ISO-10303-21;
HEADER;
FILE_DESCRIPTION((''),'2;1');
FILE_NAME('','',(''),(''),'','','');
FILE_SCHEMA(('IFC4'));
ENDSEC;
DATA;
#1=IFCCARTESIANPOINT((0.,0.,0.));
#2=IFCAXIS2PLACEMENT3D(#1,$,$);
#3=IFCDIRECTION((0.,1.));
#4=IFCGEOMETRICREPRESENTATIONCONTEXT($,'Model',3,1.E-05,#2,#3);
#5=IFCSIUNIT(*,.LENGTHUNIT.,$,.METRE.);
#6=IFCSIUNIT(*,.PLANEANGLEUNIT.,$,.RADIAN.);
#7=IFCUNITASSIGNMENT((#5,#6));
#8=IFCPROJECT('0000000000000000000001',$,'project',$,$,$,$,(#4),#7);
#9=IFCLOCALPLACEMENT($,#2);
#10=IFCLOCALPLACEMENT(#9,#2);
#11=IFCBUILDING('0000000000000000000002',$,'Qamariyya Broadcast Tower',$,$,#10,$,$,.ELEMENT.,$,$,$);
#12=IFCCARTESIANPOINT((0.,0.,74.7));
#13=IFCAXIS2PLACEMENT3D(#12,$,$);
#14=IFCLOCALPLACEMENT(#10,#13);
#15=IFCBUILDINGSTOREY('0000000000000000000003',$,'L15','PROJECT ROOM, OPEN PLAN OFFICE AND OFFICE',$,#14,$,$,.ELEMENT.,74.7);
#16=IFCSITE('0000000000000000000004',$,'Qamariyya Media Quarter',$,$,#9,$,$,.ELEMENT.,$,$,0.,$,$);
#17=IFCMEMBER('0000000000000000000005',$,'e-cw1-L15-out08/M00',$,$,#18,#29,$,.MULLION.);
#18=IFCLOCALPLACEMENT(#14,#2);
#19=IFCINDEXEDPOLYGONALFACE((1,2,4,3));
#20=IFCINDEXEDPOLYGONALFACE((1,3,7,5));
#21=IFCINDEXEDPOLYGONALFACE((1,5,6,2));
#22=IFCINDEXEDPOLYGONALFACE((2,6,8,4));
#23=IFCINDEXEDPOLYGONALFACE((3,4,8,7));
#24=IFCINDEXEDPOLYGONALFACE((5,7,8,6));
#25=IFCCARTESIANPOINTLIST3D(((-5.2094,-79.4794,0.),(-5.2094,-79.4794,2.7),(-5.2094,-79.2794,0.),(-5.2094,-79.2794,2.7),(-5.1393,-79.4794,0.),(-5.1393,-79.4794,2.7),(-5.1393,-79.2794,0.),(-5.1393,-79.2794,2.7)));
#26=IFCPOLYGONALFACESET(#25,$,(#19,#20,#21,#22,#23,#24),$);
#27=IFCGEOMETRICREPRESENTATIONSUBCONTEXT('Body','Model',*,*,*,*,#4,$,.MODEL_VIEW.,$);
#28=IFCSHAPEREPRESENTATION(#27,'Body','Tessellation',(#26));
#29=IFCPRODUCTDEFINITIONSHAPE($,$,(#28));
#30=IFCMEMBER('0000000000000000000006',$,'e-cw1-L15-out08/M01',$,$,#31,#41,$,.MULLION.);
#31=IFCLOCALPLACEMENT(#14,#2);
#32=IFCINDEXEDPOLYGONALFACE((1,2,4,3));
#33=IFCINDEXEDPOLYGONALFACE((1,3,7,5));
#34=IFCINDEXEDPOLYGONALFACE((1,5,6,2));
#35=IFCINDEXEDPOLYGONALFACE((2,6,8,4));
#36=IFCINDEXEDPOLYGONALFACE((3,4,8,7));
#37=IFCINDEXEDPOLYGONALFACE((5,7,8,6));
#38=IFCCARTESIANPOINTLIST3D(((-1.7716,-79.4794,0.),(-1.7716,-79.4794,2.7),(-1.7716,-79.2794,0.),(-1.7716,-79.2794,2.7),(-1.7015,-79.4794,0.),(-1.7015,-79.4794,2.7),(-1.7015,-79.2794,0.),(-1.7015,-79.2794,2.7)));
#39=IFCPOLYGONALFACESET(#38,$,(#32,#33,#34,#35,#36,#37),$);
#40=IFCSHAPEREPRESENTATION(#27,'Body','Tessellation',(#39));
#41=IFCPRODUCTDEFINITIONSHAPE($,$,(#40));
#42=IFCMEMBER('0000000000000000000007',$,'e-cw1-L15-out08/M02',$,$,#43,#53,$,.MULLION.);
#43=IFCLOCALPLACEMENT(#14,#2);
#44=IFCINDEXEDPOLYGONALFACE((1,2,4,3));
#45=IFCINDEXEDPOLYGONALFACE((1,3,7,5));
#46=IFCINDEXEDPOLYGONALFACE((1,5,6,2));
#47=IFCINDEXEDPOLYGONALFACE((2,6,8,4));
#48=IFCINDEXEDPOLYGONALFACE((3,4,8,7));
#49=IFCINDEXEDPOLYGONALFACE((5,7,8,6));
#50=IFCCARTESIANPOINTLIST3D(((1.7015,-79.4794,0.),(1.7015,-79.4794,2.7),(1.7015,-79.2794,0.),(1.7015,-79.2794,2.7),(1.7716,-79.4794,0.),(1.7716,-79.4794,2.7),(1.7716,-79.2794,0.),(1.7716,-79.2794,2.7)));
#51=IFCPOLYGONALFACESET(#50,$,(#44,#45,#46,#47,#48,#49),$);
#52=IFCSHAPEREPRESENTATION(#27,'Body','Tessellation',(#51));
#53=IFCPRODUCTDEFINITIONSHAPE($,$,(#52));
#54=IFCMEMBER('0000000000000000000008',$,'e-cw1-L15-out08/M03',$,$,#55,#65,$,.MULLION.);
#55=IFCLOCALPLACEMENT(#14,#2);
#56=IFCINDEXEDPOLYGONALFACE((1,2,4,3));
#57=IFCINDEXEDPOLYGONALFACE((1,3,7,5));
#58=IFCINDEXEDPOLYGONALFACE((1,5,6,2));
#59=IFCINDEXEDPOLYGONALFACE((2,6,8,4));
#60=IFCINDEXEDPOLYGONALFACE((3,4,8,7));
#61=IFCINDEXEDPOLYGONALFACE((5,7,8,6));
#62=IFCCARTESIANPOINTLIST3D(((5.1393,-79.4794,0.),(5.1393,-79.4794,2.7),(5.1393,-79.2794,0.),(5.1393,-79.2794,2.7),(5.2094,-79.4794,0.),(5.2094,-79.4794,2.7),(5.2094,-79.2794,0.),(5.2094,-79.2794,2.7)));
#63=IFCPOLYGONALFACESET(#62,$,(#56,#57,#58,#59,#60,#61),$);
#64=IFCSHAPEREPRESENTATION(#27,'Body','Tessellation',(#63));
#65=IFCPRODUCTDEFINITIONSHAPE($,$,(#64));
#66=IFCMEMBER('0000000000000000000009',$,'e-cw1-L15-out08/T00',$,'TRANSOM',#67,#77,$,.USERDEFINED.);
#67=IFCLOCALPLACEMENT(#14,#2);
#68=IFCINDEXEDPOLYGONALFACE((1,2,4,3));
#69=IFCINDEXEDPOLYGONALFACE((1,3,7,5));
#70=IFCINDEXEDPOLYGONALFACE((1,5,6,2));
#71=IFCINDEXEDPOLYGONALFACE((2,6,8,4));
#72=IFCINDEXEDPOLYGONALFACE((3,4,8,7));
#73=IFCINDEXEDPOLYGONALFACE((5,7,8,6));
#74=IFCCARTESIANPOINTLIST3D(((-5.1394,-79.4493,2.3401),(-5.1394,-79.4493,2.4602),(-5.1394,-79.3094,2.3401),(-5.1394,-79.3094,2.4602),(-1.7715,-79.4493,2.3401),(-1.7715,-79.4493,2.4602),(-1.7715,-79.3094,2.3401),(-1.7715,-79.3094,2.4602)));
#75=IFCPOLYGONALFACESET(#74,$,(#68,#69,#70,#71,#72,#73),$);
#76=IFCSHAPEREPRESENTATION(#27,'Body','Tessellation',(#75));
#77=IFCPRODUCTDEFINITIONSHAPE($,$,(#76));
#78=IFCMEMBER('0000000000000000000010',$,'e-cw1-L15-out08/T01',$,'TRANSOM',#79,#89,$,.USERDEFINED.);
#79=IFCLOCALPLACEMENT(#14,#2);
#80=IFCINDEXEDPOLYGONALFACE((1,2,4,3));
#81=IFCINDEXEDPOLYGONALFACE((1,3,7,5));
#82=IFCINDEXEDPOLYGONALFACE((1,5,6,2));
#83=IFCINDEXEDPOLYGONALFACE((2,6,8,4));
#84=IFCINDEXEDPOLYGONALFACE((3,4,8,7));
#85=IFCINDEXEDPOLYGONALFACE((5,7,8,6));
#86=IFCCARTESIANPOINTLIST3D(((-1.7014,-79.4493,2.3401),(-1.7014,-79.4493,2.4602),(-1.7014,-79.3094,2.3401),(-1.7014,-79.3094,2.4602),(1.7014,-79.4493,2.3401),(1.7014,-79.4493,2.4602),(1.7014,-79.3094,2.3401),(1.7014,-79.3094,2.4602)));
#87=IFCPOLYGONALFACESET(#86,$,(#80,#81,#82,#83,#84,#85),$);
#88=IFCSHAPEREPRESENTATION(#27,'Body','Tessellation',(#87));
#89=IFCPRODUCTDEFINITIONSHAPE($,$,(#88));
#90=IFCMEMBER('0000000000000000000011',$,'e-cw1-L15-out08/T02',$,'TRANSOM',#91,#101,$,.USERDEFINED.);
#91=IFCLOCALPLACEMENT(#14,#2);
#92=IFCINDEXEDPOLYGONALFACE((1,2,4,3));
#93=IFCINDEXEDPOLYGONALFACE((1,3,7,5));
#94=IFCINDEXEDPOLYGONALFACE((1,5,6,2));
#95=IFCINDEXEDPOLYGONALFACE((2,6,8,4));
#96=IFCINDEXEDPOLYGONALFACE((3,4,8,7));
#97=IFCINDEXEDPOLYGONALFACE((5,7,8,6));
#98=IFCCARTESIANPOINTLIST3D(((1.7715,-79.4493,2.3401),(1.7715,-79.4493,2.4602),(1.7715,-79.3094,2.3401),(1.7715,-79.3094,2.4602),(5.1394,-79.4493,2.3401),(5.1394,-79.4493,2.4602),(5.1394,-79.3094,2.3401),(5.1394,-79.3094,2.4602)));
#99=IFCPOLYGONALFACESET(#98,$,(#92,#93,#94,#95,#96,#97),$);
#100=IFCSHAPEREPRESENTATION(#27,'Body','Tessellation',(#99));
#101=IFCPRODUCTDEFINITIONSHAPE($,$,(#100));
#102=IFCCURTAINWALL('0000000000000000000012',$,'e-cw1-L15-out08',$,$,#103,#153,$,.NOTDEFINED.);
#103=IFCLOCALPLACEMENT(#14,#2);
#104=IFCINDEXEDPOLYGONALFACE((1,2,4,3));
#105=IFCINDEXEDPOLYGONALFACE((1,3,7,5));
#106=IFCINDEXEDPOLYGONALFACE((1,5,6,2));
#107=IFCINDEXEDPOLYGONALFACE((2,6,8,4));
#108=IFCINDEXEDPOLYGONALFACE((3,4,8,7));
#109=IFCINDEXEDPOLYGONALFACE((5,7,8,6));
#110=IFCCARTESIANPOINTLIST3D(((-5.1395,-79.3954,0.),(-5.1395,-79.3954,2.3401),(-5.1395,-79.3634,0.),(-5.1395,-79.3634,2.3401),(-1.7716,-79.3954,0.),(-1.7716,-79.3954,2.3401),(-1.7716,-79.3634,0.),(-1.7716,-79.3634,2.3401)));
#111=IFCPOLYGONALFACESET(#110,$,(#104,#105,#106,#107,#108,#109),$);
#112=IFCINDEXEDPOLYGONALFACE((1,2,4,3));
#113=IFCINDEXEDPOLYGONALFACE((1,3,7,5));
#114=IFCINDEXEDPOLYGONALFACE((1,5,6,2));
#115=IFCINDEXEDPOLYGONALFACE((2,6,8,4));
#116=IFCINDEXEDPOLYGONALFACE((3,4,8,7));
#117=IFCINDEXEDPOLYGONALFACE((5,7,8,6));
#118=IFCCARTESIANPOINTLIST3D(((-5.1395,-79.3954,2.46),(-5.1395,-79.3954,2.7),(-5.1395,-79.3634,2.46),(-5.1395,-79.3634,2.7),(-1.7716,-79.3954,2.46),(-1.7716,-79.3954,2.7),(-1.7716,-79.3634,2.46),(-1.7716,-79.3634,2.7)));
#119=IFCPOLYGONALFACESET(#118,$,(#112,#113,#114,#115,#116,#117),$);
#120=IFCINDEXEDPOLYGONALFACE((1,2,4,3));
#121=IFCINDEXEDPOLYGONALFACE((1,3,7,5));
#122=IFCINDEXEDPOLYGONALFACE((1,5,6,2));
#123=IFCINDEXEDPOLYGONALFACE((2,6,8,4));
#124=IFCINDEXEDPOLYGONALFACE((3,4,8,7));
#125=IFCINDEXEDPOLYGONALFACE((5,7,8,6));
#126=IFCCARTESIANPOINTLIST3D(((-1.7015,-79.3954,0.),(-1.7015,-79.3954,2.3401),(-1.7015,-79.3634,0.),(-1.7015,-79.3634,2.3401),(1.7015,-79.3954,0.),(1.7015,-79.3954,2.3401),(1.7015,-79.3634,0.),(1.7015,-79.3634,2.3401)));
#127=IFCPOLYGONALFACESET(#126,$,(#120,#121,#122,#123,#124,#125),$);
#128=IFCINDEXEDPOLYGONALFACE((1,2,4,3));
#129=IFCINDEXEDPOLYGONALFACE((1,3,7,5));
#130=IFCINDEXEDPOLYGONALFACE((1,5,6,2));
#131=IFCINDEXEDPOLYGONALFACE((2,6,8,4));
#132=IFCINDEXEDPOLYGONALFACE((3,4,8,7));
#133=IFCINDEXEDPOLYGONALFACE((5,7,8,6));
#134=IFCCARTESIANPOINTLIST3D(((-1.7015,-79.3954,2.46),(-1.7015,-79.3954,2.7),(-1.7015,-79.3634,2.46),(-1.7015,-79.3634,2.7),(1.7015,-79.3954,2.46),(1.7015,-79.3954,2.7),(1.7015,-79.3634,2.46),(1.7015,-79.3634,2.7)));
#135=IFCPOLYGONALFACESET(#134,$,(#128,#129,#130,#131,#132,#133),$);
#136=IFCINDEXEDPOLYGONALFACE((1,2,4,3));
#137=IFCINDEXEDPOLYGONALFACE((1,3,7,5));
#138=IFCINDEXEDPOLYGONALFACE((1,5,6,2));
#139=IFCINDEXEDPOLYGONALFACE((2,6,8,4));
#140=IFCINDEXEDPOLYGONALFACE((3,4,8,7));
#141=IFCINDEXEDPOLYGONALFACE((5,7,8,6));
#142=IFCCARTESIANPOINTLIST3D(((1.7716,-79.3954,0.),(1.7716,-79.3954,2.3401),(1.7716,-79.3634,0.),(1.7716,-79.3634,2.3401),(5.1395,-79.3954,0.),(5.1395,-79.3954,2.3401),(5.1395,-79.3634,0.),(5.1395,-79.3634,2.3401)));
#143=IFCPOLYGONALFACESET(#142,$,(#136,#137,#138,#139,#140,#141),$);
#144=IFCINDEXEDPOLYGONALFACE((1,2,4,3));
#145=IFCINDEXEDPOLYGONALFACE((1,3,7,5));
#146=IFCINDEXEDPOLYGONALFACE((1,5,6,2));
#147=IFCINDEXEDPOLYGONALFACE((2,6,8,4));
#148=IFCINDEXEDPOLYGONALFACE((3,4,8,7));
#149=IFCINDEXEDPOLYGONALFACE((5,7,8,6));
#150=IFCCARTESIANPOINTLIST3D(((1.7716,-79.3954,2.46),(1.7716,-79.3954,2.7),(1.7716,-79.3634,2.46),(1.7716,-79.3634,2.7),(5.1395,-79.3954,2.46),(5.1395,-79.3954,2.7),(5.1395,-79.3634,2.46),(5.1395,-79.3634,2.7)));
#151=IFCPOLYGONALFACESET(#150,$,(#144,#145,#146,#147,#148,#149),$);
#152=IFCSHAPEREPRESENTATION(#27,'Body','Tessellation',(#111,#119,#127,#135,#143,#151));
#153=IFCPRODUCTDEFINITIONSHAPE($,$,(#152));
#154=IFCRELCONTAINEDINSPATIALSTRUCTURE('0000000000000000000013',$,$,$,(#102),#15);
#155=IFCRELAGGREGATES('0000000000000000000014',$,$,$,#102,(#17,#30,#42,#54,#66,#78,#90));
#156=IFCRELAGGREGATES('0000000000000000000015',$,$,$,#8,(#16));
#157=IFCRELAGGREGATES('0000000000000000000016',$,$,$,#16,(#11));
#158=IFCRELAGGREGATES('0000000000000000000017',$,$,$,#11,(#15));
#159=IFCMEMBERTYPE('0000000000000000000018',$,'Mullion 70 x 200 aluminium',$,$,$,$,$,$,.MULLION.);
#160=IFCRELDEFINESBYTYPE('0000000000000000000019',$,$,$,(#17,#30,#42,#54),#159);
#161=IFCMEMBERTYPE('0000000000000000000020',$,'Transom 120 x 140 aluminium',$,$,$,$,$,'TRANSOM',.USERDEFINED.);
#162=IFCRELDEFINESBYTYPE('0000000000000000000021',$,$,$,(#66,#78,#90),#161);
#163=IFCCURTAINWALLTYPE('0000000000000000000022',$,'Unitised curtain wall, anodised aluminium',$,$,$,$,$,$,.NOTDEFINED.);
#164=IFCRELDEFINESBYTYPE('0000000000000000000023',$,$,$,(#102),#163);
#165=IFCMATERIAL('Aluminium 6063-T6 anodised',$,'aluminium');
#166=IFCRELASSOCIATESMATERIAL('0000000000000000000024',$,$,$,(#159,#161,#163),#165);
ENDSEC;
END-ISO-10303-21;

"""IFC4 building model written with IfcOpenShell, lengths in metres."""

from ifc_helpers import new_model, si_unit, direction, frame, origin, origin_2d, place, context, subcontext, project, spatial, rectangle, extrude, material, material_profile, profile_set, type_object, element, aggregate, save


model = new_model("IFC4")

# Units and contexts
model_context = context("Model", 3, precision=1e-05, world=origin(), true_north=direction((0.0, 1.0)))
body_context = subcontext(model_context, "Body", "Model", "MODEL_VIEW")
ifc_project = project(units=[si_unit("LENGTHUNIT", "METRE"), si_unit("PLANEANGLEUNIT", "RADIAN")], contexts=[model_context])

# Members
ifc_material = material(Name="Aluminium 6063-T6 anodised", Category="aluminium")
ifc_material_profile_1 = material_profile(ifc_material, rectangle(XDim=0.2, YDim=0.0701, at=origin_2d()))
ifc_profile_set_1 = profile_set([ifc_material_profile_1], Name="Aluminium 6063-T6 anodised")
member_type_1 = type_object("IfcMemberType", Name="Mullion 70 x 200 aluminium", PredefinedType="MULLION", material=ifc_profile_set_1)
site_placement = place(None, origin())
building_placement = place(site_placement, origin())
storey_placement = place(building_placement, frame((0.0, 0.0, 74.7)))
member_1_placement = place(storey_placement, frame((-5.1743, -79.3794, 0.0), z_axis=(0.0, 0.0, 1.0), x_axis=(0.0, 1.0, 0.0)))
member_1 = element("IfcMember", 1, at=member_1_placement, type_object=member_type_1, Name="e-cw1-L15-out08/M00", PredefinedType="MULLION", context=body_context, shape_type="SweptSolid", body=[
    extrude(rectangle(XDim=0.2, YDim=0.0701, at=origin_2d()), origin(), (0.0, 0.0, 1.0), 2.7),
])
member_2_placement = place(storey_placement, frame((-1.7366, -79.3794, 0.0), z_axis=(0.0, 0.0, 1.0), x_axis=(0.0, 1.0, 0.0)))
member_2 = element("IfcMember", 2, at=member_2_placement, type_object=member_type_1, Name="e-cw1-L15-out08/M01", PredefinedType="MULLION", context=body_context, shape_type="SweptSolid", body=[
    extrude(rectangle(XDim=0.2, YDim=0.0701, at=origin_2d()), origin(), (0.0, 0.0, 1.0), 2.7),
])
member_3_placement = place(storey_placement, frame((1.7366, -79.3794, 0.0), z_axis=(0.0, 0.0, 1.0), x_axis=(0.0, 1.0, 0.0)))
member_3 = element("IfcMember", 3, at=member_3_placement, type_object=member_type_1, Name="e-cw1-L15-out08/M02", PredefinedType="MULLION", context=body_context, shape_type="SweptSolid", body=[
    extrude(rectangle(XDim=0.2, YDim=0.0701, at=origin_2d()), origin(), (0.0, 0.0, 1.0), 2.7),
])
member_4_placement = place(storey_placement, frame((5.1743, -79.3794, 0.0), z_axis=(0.0, 0.0, 1.0), x_axis=(0.0, 1.0, 0.0)))
member_4 = element("IfcMember", 4, at=member_4_placement, type_object=member_type_1, Name="e-cw1-L15-out08/M03", PredefinedType="MULLION", context=body_context, shape_type="SweptSolid", body=[
    extrude(rectangle(XDim=0.2, YDim=0.0701, at=origin_2d()), origin(), (0.0, 0.0, 1.0), 2.7),
])
ifc_material_profile_2 = material_profile(ifc_material, rectangle(XDim=0.1399, YDim=0.1201, at=origin_2d()))
ifc_profile_set_2 = profile_set([ifc_material_profile_2], Name="Aluminium 6063-T6 anodised")
member_type_2 = type_object("IfcMemberType", Name="Transom 120 x 140 aluminium", ElementType="TRANSOM", PredefinedType="USERDEFINED", material=ifc_profile_set_2)
member_5_placement = place(storey_placement, frame((-5.1394, -79.3794, 2.4001), z_axis=(1.0, 0.0, 0.0), x_axis=(0.0, 1.0, 0.0)))
member_5 = element("IfcMember", 5, at=member_5_placement, type_object=member_type_2, Name="e-cw1-L15-out08/T00", ObjectType="TRANSOM", PredefinedType="USERDEFINED", context=body_context, shape_type="SweptSolid", body=[
    extrude(rectangle(XDim=0.1399, YDim=0.1201, at=origin_2d()), origin(), (0.0, 0.0, 1.0), 3.3679),
])
member_6_placement = place(storey_placement, frame((-1.7014, -79.3794, 2.4001), z_axis=(1.0, 0.0, 0.0), x_axis=(0.0, 1.0, 0.0)))
member_6 = element("IfcMember", 6, at=member_6_placement, type_object=member_type_2, Name="e-cw1-L15-out08/T01", ObjectType="TRANSOM", PredefinedType="USERDEFINED", context=body_context, shape_type="SweptSolid", body=[
    extrude(rectangle(XDim=0.1399, YDim=0.1201, at=origin_2d()), origin(), (0.0, 0.0, 1.0), 3.4028),
])
member_7_placement = place(storey_placement, frame((1.7715, -79.3794, 2.4001), z_axis=(1.0, 0.0, 0.0), x_axis=(0.0, 1.0, 0.0)))
member_7 = element("IfcMember", 7, at=member_7_placement, type_object=member_type_2, Name="e-cw1-L15-out08/T02", ObjectType="TRANSOM", PredefinedType="USERDEFINED", context=body_context, shape_type="SweptSolid", body=[
    extrude(rectangle(XDim=0.1399, YDim=0.1201, at=origin_2d()), origin(), (0.0, 0.0, 1.0), 3.3679),
])

# Site, building, storey
site = spatial("IfcSite", under=ifc_project, at=site_placement, Name="Qamariyya Media Quarter", CompositionType="ELEMENT", RefElevation=0.0)
building = spatial("IfcBuilding", under=site, at=building_placement, Name="Qamariyya Broadcast Tower", CompositionType="ELEMENT")
storey = spatial("IfcBuildingStorey", under=building, at=storey_placement, Name="L15", Description="PROJECT ROOM, OPEN PLAN OFFICE AND OFFICE", CompositionType="ELEMENT", Elevation=74.7)

# Curtain wall
curtain_wall_type = type_object("IfcCurtainWallType", Name="Unitised curtain wall, anodised aluminium", PredefinedType="NOTDEFINED", material=ifc_material)
curtain_wall_1_placement = place(storey_placement, origin())
curtain_wall_1 = element("IfcCurtainWall", 8, at=curtain_wall_1_placement, inside=storey, type_object=curtain_wall_type, Name="e-cw1-L15-out08", PredefinedType="NOTDEFINED", context=body_context, shape_type="SweptSolid", body=[
    extrude(rectangle(XDim=3.3679, YDim=0.032, at=origin_2d()), frame((-3.4556, -79.3794, 0.0), x_axis=(1.0, 0.0, 0.0)), (0.0, 0.0, 1.0), 2.3401),
    extrude(rectangle(XDim=3.3679, YDim=0.032, at=origin_2d()), frame((-3.4556, -79.3794, 2.46), x_axis=(1.0, 0.0, 0.0)), (0.0, 0.0, 1.0), 0.24),
    extrude(rectangle(XDim=3.4031, YDim=0.032, at=origin_2d()), frame((0.0, -79.3794, 0.0), x_axis=(1.0, 0.0, 0.0)), (0.0, 0.0, 1.0), 2.3401),
    extrude(rectangle(XDim=3.4031, YDim=0.032, at=origin_2d()), frame((0.0, -79.3794, 2.46), x_axis=(1.0, 0.0, 0.0)), (0.0, 0.0, 1.0), 0.24),
    extrude(rectangle(XDim=3.3679, YDim=0.032, at=origin_2d()), frame((3.4556, -79.3794, 0.0), x_axis=(1.0, 0.0, 0.0)), (0.0, 0.0, 1.0), 2.3401),
    extrude(rectangle(XDim=3.3679, YDim=0.032, at=origin_2d()), frame((3.4556, -79.3794, 2.46), x_axis=(1.0, 0.0, 0.0)), (0.0, 0.0, 1.0), 0.24),
])
aggregate(curtain_wall_1, [member_1, member_2, member_3, member_4, member_5, member_6, member_7])

save(model, "model.ifc")
